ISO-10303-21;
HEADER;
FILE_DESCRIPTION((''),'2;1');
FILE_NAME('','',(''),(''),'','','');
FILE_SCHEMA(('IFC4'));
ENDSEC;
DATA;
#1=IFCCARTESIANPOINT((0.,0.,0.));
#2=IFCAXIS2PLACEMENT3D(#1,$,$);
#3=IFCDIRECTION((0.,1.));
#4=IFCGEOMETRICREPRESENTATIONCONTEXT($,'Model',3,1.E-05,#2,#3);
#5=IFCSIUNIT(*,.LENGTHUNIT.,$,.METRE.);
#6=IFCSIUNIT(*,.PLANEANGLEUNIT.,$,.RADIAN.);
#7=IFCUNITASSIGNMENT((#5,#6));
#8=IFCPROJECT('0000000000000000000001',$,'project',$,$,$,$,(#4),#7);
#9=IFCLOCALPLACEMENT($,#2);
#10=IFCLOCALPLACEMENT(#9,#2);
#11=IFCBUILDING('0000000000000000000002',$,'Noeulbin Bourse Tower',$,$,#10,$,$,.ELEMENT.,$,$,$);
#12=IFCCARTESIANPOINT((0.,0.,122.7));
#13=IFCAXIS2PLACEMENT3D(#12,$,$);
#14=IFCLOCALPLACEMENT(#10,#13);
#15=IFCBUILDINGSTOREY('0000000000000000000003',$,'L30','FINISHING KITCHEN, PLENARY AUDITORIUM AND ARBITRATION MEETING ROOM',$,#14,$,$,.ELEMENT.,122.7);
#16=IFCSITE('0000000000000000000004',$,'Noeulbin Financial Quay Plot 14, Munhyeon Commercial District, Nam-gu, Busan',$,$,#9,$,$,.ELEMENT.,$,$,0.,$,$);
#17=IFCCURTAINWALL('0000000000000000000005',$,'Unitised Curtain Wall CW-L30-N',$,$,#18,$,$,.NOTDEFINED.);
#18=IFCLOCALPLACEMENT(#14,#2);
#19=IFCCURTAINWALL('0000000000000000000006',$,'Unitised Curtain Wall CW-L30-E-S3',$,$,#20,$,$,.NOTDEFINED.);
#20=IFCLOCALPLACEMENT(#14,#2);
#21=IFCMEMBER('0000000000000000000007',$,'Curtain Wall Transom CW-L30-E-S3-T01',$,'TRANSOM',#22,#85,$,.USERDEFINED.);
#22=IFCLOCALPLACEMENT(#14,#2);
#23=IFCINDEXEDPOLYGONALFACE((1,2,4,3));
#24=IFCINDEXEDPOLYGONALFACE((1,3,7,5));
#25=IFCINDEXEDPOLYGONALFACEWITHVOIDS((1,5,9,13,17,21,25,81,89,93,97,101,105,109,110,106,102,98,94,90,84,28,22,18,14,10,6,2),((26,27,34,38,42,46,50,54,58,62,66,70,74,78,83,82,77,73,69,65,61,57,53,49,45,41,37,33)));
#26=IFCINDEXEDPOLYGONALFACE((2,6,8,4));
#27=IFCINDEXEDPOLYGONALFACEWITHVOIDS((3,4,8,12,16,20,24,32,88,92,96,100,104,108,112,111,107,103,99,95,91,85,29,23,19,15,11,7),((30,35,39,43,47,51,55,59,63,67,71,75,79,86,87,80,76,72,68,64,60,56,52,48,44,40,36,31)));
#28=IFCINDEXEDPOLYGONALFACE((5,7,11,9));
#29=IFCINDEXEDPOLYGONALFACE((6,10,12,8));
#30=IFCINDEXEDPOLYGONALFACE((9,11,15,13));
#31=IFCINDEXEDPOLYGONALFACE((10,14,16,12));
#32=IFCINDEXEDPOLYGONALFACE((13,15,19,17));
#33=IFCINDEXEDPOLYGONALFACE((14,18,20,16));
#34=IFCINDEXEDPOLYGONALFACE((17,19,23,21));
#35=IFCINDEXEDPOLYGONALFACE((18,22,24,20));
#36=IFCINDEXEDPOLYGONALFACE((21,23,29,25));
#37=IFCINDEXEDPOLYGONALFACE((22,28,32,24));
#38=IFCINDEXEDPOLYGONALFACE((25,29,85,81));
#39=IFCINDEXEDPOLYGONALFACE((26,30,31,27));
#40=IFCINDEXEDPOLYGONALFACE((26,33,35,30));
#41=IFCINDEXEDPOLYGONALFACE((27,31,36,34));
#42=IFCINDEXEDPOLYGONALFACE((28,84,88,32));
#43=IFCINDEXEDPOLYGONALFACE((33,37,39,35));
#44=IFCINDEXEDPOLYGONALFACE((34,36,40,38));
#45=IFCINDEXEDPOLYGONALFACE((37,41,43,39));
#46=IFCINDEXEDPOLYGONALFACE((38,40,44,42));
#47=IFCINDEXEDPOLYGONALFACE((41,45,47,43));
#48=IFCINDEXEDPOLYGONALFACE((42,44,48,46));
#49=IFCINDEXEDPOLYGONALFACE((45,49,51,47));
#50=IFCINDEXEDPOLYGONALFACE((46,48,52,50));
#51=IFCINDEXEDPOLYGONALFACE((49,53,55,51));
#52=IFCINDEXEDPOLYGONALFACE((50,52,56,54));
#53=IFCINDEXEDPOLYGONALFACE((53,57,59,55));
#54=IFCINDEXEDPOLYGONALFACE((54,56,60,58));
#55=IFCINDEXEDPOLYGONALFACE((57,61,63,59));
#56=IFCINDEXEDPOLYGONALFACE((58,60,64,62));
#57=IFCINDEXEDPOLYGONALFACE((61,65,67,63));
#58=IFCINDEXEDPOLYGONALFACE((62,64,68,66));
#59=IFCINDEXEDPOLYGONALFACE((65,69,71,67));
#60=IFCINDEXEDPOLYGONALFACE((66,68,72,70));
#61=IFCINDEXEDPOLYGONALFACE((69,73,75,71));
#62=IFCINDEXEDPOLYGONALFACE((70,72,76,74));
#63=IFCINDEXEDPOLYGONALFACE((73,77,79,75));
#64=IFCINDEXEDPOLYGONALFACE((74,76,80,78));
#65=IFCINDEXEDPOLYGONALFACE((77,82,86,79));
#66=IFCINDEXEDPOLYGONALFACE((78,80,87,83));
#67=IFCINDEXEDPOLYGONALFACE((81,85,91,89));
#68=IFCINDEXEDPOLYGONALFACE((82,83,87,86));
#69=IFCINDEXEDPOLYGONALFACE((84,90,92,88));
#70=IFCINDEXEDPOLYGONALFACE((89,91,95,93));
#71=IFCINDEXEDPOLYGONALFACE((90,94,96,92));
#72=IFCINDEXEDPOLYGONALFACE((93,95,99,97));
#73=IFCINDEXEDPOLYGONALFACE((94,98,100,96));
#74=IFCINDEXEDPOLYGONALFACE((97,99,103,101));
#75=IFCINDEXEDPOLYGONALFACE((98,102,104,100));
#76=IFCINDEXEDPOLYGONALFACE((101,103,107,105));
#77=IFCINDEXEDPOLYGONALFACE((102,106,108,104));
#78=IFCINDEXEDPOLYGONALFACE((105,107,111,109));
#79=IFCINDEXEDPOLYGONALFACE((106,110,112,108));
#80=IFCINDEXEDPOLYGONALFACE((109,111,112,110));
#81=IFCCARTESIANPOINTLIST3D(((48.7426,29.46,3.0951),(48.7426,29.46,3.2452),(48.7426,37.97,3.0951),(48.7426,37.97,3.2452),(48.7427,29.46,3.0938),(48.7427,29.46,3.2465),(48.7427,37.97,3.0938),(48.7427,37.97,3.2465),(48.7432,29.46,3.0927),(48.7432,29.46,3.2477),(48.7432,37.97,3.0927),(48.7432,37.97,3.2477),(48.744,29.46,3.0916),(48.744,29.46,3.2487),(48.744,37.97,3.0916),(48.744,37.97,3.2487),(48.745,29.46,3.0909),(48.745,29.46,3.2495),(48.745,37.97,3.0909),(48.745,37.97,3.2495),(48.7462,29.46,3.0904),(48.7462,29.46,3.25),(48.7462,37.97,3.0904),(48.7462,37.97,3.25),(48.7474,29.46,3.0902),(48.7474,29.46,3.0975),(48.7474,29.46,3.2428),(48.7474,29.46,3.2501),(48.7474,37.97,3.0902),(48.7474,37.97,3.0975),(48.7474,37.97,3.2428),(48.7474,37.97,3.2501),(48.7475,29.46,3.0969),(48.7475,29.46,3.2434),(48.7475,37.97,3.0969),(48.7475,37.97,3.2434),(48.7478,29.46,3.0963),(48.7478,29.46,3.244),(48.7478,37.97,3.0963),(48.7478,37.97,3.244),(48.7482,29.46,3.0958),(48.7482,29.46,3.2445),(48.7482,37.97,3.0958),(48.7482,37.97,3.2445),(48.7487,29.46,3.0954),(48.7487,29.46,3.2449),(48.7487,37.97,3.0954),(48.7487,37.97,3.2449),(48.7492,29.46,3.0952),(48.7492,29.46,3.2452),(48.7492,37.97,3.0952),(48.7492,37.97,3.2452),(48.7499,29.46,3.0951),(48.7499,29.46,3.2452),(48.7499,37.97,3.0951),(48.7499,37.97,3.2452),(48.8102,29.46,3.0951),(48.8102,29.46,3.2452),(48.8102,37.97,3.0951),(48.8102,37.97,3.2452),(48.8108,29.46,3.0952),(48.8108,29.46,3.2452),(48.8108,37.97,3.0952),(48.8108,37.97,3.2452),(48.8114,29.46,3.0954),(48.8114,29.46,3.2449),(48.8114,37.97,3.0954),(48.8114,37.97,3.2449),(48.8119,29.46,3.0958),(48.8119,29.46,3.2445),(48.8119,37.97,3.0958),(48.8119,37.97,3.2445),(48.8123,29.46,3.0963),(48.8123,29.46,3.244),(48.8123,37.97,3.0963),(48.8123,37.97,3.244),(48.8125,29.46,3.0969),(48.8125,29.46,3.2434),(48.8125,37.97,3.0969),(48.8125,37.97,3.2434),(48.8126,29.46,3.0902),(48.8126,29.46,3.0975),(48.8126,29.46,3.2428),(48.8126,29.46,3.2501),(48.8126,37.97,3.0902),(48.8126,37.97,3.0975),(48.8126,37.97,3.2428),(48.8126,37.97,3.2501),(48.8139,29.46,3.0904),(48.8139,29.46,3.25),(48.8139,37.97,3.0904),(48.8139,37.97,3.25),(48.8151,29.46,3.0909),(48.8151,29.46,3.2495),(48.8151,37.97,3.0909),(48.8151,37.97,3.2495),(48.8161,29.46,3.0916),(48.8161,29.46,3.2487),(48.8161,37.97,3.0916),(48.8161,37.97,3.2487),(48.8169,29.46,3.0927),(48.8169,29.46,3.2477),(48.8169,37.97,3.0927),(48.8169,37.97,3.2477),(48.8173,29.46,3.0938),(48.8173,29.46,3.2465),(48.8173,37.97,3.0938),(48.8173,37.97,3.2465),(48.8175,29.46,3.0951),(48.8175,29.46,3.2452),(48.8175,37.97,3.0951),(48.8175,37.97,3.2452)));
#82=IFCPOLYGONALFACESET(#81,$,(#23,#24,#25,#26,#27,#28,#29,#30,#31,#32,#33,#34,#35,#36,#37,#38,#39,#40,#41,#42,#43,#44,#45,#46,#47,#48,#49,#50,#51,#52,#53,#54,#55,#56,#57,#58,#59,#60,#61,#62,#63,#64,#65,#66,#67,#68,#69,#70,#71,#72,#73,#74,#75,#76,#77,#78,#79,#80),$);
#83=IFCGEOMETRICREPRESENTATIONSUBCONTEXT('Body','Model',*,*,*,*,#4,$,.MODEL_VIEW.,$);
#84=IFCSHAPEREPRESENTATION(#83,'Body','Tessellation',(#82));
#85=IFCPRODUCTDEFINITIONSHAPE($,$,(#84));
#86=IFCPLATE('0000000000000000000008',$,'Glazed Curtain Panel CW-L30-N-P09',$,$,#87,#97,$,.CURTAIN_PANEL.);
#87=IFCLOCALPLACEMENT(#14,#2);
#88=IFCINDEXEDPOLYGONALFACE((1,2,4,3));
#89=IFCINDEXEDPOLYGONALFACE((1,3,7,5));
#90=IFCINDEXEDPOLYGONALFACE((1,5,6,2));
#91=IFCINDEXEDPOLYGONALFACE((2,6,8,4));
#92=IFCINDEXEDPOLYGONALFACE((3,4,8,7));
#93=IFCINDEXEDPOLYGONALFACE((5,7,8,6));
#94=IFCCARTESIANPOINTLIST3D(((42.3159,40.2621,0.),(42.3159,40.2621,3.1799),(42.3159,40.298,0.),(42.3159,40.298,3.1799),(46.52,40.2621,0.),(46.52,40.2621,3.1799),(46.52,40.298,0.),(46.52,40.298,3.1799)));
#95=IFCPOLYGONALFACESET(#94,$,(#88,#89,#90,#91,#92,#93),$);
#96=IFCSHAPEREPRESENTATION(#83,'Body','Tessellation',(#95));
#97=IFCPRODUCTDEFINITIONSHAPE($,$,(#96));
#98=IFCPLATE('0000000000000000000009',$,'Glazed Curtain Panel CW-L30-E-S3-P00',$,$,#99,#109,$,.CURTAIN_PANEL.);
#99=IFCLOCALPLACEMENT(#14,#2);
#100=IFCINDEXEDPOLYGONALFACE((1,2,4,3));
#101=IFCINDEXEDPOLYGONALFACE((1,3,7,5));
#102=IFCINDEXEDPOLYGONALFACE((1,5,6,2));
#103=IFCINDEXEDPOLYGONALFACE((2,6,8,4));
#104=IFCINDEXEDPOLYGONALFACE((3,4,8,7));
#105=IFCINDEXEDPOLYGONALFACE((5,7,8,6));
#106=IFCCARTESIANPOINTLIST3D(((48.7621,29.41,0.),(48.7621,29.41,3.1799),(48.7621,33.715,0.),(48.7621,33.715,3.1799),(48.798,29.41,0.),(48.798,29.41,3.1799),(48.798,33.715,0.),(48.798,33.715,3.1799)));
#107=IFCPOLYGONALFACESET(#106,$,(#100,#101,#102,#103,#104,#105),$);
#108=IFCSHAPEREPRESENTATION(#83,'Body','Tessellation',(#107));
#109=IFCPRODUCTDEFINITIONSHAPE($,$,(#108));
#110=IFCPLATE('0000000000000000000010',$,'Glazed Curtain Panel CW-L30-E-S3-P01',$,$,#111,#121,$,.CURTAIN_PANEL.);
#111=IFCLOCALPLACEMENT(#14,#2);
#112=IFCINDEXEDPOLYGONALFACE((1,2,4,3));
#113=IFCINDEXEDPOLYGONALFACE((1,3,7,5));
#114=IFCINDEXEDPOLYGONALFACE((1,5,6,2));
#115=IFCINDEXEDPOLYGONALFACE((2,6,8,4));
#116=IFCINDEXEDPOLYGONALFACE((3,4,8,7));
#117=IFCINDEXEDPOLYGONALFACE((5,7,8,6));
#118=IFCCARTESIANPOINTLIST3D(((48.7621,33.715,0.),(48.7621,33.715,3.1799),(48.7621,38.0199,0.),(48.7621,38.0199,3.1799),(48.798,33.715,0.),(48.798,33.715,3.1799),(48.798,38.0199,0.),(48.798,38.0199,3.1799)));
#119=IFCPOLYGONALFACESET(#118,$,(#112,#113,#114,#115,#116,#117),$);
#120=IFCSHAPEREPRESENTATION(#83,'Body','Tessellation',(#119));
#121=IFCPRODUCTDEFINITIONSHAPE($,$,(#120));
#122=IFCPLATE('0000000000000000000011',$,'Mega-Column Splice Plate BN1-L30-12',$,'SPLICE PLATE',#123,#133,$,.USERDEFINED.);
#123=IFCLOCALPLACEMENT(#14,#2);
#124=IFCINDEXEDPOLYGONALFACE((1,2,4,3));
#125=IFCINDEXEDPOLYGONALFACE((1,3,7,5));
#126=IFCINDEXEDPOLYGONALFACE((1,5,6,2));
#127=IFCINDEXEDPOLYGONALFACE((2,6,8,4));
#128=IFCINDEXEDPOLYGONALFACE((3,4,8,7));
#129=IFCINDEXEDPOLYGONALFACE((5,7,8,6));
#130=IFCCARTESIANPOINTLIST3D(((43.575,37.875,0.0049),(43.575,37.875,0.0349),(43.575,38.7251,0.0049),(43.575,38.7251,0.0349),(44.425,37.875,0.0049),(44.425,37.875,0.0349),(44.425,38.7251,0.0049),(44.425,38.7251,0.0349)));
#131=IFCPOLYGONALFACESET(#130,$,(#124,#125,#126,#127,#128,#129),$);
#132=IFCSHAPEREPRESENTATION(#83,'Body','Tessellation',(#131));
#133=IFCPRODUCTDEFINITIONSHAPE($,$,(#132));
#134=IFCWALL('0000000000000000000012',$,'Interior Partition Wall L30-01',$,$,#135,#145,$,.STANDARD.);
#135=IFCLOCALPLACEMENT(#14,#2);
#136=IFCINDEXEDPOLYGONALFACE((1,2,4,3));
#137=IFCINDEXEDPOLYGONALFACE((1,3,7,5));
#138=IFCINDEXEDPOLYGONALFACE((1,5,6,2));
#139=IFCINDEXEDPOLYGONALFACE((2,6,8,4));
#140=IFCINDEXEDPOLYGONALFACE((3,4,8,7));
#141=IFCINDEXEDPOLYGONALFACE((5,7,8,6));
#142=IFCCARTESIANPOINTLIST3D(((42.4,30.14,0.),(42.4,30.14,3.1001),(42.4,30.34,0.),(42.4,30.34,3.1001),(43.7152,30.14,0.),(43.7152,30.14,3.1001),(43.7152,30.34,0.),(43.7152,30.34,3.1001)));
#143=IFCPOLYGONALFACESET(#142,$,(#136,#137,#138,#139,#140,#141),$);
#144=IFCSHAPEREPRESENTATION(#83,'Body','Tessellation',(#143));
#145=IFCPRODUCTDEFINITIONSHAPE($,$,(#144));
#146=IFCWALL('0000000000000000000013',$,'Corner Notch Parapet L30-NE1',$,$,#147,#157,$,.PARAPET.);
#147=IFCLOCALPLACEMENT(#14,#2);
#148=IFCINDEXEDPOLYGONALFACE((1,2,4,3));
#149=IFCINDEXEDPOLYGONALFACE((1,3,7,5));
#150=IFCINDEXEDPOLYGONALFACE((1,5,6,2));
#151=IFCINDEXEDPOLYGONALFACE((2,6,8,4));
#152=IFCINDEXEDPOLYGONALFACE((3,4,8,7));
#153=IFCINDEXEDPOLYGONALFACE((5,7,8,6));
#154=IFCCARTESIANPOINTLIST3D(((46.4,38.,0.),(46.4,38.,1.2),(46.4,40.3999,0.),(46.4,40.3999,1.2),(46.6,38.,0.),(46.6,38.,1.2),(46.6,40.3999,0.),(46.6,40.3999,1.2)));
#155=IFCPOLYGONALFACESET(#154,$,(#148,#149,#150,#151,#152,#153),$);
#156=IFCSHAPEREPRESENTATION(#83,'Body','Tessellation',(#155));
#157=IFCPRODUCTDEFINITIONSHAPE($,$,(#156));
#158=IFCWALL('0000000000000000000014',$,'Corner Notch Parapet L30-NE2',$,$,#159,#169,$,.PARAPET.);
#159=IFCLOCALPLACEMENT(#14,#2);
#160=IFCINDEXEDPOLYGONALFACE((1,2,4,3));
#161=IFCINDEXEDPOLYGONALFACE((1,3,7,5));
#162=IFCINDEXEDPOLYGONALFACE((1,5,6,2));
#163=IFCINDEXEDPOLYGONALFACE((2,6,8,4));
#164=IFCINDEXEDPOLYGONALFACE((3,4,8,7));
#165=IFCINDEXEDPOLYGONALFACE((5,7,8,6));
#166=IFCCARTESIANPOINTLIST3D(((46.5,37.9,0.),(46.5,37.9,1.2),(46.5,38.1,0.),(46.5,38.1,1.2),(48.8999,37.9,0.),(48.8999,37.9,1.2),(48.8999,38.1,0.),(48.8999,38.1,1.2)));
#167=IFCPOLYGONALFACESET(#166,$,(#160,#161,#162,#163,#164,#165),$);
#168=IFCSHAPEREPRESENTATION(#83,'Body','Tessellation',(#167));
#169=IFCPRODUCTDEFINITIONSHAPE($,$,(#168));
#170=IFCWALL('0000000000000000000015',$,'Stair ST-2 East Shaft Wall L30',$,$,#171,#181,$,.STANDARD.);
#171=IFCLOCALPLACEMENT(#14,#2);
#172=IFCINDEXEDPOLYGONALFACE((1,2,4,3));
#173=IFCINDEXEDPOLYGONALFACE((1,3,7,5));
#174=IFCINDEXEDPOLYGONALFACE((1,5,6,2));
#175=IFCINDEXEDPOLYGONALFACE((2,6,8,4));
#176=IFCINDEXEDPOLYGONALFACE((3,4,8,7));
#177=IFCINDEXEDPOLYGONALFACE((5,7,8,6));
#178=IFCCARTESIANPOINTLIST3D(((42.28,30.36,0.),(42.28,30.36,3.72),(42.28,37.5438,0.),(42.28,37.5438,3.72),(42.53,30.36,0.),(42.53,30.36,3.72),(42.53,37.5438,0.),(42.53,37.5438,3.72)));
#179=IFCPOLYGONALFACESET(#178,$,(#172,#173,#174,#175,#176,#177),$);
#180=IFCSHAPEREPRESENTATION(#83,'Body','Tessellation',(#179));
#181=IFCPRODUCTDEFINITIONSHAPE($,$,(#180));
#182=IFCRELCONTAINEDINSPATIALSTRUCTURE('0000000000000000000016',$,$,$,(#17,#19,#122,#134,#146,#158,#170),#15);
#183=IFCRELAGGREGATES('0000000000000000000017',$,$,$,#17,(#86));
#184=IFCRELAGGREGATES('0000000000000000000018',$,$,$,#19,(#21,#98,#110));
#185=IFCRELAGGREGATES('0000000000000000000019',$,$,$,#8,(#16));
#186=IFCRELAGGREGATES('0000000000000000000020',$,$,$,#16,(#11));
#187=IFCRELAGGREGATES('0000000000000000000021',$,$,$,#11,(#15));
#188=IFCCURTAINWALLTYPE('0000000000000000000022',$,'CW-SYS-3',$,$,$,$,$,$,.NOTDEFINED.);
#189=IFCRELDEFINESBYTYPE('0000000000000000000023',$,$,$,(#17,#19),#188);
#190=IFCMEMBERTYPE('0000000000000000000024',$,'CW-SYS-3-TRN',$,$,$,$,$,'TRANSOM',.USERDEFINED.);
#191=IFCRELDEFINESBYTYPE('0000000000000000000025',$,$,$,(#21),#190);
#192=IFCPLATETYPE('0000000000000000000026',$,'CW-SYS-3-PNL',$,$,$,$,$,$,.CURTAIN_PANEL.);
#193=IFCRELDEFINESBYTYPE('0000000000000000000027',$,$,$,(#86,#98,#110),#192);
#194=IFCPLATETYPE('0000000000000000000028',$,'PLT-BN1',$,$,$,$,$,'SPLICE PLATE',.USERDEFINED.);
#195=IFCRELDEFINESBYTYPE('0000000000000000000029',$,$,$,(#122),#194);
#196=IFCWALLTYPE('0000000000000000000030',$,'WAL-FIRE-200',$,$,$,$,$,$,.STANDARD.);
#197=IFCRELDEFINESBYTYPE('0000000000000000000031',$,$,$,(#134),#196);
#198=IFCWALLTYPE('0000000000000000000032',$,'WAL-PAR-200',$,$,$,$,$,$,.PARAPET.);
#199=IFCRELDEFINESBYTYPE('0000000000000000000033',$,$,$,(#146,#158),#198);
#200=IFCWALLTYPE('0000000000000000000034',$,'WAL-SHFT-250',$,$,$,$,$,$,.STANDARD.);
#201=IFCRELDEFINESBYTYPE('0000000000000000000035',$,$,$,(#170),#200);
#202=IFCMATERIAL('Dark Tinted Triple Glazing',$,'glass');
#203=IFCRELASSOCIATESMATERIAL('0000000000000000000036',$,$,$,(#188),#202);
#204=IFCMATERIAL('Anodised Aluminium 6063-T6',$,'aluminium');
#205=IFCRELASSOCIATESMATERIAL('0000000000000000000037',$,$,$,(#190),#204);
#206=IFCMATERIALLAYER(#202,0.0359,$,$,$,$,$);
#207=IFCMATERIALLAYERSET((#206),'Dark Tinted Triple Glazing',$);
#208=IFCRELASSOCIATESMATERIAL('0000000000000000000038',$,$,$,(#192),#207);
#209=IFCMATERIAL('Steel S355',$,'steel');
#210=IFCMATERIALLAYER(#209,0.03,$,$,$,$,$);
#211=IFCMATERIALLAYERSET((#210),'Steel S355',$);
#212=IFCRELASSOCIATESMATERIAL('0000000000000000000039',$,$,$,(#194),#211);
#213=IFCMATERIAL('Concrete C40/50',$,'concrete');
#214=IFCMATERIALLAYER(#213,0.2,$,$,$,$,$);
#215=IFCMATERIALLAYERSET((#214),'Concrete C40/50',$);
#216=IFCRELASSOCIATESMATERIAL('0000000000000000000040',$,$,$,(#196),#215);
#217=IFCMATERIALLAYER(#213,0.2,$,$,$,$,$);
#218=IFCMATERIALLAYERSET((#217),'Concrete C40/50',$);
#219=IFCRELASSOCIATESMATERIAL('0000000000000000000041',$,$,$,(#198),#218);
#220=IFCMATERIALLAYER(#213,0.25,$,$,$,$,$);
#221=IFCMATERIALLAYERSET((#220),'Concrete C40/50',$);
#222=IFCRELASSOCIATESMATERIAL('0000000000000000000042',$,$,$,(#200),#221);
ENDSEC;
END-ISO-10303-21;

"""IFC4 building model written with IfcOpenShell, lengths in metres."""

from ifc_helpers import new_model, si_unit, direction, frame, frame_2d, origin, origin_2d, place, context, subcontext, project, spatial, rectangle, hollow_rectangle, extrude, material, layer, layer_set, material_profile, profile_set, type_object, element, aggregate, save


model = new_model("IFC4")

# Units and contexts
model_context = context("Model", 3, precision=1e-05, world=origin(), true_north=direction((0.0, 1.0)))
body_context = subcontext(model_context, "Body", "Model", "MODEL_VIEW")
ifc_project = project(units=[si_unit("LENGTHUNIT", "METRE"), si_unit("PLANEANGLEUNIT", "RADIAN")], contexts=[model_context])

# Site, building, storey
site_placement = place(None, origin())
site = spatial("IfcSite", under=ifc_project, at=site_placement, Name="Noeulbin Financial Quay Plot 14, Munhyeon Commercial District, Nam-gu, Busan", CompositionType="ELEMENT", RefElevation=0.0)
building_placement = place(site_placement, origin())
building = spatial("IfcBuilding", under=site, at=building_placement, Name="Noeulbin Bourse Tower", CompositionType="ELEMENT")
storey_placement = place(building_placement, frame((0.0, 0.0, 122.7)))
storey = spatial("IfcBuildingStorey", under=building, at=storey_placement, Name="L30", Description="FINISHING KITCHEN, PLENARY AUDITORIUM AND ARBITRATION MEETING ROOM", CompositionType="ELEMENT", Elevation=122.7)

# Shared definitions
ifc_material_1 = material(Name="Steel S355", Category="steel")

# Curtain walls, member
ifc_material_2 = material(Name="Dark Tinted Triple Glazing", Category="glass")
curtain_wall_type = type_object("IfcCurtainWallType", Name="CW-SYS-3", PredefinedType="NOTDEFINED", material=ifc_material_2)
curtain_wall_1_placement = place(storey_placement, origin())
curtain_wall_1 = element("IfcCurtainWall", 1, at=curtain_wall_1_placement, inside=storey, type_object=curtain_wall_type, Name="Unitised Curtain Wall CW-L30-N", PredefinedType="NOTDEFINED")
ifc_material_3 = material(Name="Anodised Aluminium 6063-T6", Category="aluminium")
curtain_wall_2_placement = place(storey_placement, origin())
curtain_wall_2 = element("IfcCurtainWall", 2, at=curtain_wall_2_placement, inside=storey, type_object=curtain_wall_type, Name="Unitised Curtain Wall CW-L30-E-S3", PredefinedType="NOTDEFINED")
ifc_material_profile_1 = material_profile(ifc_material_3, hollow_rectangle(XDim=0.075, YDim=0.1599, WallThickness=0.0049, InnerFilletRadius=0.0024, OuterFilletRadius=0.0049, at=origin_2d()), Name="ALU-TRAN-75x160x5", Category="LoadBearing")
ifc_profile_set_1 = profile_set([ifc_material_profile_1], Name="Anodised Aluminium 6063-T6")
member_type_1 = type_object("IfcMemberType", Name="CW-SYS-3-TRN", ElementType="TRANSOM", PredefinedType="USERDEFINED", material=ifc_profile_set_1)
member_1_placement = place(storey_placement, frame((48.78, 29.46, 3.1702), z_axis=(0.0, 1.0, 0.0), x_axis=(-1.0, 0.0, 0.0)))
member_1 = element("IfcMember", 3, at=member_1_placement, type_object=member_type_1, Name="Curtain Wall Transom CW-L30-E-S3-T01", ObjectType="TRANSOM", PredefinedType="USERDEFINED", context=body_context, shape_type="SweptSolid", body=[
    extrude(hollow_rectangle(XDim=0.075, YDim=0.1599, WallThickness=0.0049, InnerFilletRadius=0.0024, OuterFilletRadius=0.0049, at=origin_2d()), origin(), (0.0, 0.0, 1.0), 8.51),
])

# Plates
ifc_layer_1 = layer(ifc_material_2, 0.0359)
ifc_layer_set_1 = layer_set([ifc_layer_1], Name="Dark Tinted Triple Glazing")
plate_type_1 = type_object("IfcPlateType", Name="CW-SYS-3-PNL", PredefinedType="CURTAIN_PANEL", material=ifc_layer_set_1)
plate_1_placement = place(storey_placement, frame((44.418, 40.28, 0.0), z_axis=(0.0, 0.0, 1.0), x_axis=(1.0, 0.0, 0.0)))
plate_1 = element("IfcPlate", 4, at=plate_1_placement, type_object=plate_type_1, Name="Glazed Curtain Panel CW-L30-N-P09", PredefinedType="CURTAIN_PANEL", context=body_context, shape_type="SweptSolid", body=[
    extrude(rectangle(XDim=4.2041, YDim=0.0359, at=origin_2d()), origin(), (0.0, 0.0, 1.0), 3.1799),
])
aggregate(curtain_wall_1, [plate_1])
plate_2_placement = place(storey_placement, frame((48.78, 31.5625, 0.0), z_axis=(0.0, 0.0, 1.0), x_axis=(0.0, 1.0, 0.0)))
plate_2 = element("IfcPlate", 5, at=plate_2_placement, type_object=plate_type_1, Name="Glazed Curtain Panel CW-L30-E-S3-P00", PredefinedType="CURTAIN_PANEL", context=body_context, shape_type="SweptSolid", body=[
    extrude(rectangle(XDim=4.3049, YDim=0.0359, at=origin_2d()), origin(), (0.0, 0.0, 1.0), 3.1799),
])
plate_3_placement = place(storey_placement, frame((48.78, 35.8674, 0.0), z_axis=(0.0, 0.0, 1.0), x_axis=(0.0, 1.0, 0.0)))
plate_3 = element("IfcPlate", 6, at=plate_3_placement, type_object=plate_type_1, Name="Glazed Curtain Panel CW-L30-E-S3-P01", PredefinedType="CURTAIN_PANEL", context=body_context, shape_type="SweptSolid", body=[
    extrude(rectangle(XDim=4.3049, YDim=0.0359, at=origin_2d()), origin(), (0.0, 0.0, 1.0), 3.1799),
])
aggregate(curtain_wall_2, [member_1, plate_2, plate_3])
ifc_layer_2 = layer(ifc_material_1, 0.03)
ifc_layer_set_2 = layer_set([ifc_layer_2], Name="Steel S355")
plate_type_2 = type_object("IfcPlateType", Name="PLT-BN1", ElementType="SPLICE PLATE", PredefinedType="USERDEFINED", material=ifc_layer_set_2)
plate_4_placement = place(storey_placement, frame((44.0, 38.3, 0.0049), z_axis=(0.0, 0.0, 1.0), x_axis=(1.0, 0.0, 0.0)))
element("IfcPlate", 7, at=plate_4_placement, inside=storey, type_object=plate_type_2, Name="Mega-Column Splice Plate BN1-L30-12", ObjectType="SPLICE PLATE", PredefinedType="USERDEFINED", context=body_context, shape_type="SweptSolid", body=[
    extrude(rectangle(XDim=0.8501, YDim=0.8501, at=origin_2d()), origin(), (0.0, 0.0, 1.0), 0.03),
])

# Walls
ifc_material_4 = material(Name="Concrete C40/50", Category="concrete")
ifc_layer_3 = layer(ifc_material_4, 0.2)
ifc_layer_set_3 = layer_set([ifc_layer_3], Name="Concrete C40/50")
wall_type_1 = type_object("IfcWallType", Name="WAL-FIRE-200", PredefinedType="STANDARD", material=ifc_layer_set_3)
wall_1_placement = place(storey_placement, frame((42.3999, 30.24, 0.0), z_axis=(0.0, 0.0, 1.0), x_axis=(1.0, 0.0, 0.0)))
element("IfcWall", 8, at=wall_1_placement, inside=storey, type_object=wall_type_1, Name="Interior Partition Wall L30-01", PredefinedType="STANDARD", context=body_context, shape_type="SweptSolid", body=[
    extrude(rectangle(XDim=1.3152, YDim=0.2, at=frame_2d((0.6577, 0.0))), origin(), (0.0, 0.0, 1.0), 3.1001),
])
ifc_layer_4 = layer(ifc_material_4, 0.2)
ifc_layer_set_4 = layer_set([ifc_layer_4], Name="Concrete C40/50")
wall_type_2 = type_object("IfcWallType", Name="WAL-PAR-200", PredefinedType="PARAPET", material=ifc_layer_set_4)
for number, where, z_axis, x_axis, name in (
    (9, (46.5, 40.3999, 0.0), (0.0, 0.0, 1.0), (0.0, -1.0, 0.0), "Corner Notch Parapet L30-NE1"),
    (10, (46.5, 38.0, 0.0), (0.0, 0.0, 1.0), (1.0, 0.0, 0.0), "Corner Notch Parapet L30-NE2"),
):
    element("IfcWall", number, at=place(storey_placement, frame(where, z_axis=z_axis, x_axis=x_axis)), inside=storey, type_object=wall_type_2, Name=name, PredefinedType="PARAPET", context=body_context, shape_type="SweptSolid", body=[
        extrude(rectangle(XDim=2.3999, YDim=0.2, at=frame_2d((1.2, 0.0))), origin(), (0.0, 0.0, 1.0), 1.2),
    ])
ifc_layer_5 = layer(ifc_material_4, 0.25)
ifc_layer_set_5 = layer_set([ifc_layer_5], Name="Concrete C40/50")
wall_type_3 = type_object("IfcWallType", Name="WAL-SHFT-250", PredefinedType="STANDARD", material=ifc_layer_set_5)
wall_2_placement = place(storey_placement, frame((42.405, 30.3601, 0.0), z_axis=(0.0, 0.0, 1.0), x_axis=(0.0, 1.0, 0.0)))
element("IfcWall", 11, at=wall_2_placement, inside=storey, type_object=wall_type_3, Name="Stair ST-2 East Shaft Wall L30", PredefinedType="STANDARD", context=body_context, shape_type="SweptSolid", body=[
    extrude(rectangle(XDim=7.1838, YDim=0.25, at=frame_2d((3.5918, 0.0))), origin(), (0.0, 0.0, 1.0), 3.72),
])

save(model, "model.ifc")
